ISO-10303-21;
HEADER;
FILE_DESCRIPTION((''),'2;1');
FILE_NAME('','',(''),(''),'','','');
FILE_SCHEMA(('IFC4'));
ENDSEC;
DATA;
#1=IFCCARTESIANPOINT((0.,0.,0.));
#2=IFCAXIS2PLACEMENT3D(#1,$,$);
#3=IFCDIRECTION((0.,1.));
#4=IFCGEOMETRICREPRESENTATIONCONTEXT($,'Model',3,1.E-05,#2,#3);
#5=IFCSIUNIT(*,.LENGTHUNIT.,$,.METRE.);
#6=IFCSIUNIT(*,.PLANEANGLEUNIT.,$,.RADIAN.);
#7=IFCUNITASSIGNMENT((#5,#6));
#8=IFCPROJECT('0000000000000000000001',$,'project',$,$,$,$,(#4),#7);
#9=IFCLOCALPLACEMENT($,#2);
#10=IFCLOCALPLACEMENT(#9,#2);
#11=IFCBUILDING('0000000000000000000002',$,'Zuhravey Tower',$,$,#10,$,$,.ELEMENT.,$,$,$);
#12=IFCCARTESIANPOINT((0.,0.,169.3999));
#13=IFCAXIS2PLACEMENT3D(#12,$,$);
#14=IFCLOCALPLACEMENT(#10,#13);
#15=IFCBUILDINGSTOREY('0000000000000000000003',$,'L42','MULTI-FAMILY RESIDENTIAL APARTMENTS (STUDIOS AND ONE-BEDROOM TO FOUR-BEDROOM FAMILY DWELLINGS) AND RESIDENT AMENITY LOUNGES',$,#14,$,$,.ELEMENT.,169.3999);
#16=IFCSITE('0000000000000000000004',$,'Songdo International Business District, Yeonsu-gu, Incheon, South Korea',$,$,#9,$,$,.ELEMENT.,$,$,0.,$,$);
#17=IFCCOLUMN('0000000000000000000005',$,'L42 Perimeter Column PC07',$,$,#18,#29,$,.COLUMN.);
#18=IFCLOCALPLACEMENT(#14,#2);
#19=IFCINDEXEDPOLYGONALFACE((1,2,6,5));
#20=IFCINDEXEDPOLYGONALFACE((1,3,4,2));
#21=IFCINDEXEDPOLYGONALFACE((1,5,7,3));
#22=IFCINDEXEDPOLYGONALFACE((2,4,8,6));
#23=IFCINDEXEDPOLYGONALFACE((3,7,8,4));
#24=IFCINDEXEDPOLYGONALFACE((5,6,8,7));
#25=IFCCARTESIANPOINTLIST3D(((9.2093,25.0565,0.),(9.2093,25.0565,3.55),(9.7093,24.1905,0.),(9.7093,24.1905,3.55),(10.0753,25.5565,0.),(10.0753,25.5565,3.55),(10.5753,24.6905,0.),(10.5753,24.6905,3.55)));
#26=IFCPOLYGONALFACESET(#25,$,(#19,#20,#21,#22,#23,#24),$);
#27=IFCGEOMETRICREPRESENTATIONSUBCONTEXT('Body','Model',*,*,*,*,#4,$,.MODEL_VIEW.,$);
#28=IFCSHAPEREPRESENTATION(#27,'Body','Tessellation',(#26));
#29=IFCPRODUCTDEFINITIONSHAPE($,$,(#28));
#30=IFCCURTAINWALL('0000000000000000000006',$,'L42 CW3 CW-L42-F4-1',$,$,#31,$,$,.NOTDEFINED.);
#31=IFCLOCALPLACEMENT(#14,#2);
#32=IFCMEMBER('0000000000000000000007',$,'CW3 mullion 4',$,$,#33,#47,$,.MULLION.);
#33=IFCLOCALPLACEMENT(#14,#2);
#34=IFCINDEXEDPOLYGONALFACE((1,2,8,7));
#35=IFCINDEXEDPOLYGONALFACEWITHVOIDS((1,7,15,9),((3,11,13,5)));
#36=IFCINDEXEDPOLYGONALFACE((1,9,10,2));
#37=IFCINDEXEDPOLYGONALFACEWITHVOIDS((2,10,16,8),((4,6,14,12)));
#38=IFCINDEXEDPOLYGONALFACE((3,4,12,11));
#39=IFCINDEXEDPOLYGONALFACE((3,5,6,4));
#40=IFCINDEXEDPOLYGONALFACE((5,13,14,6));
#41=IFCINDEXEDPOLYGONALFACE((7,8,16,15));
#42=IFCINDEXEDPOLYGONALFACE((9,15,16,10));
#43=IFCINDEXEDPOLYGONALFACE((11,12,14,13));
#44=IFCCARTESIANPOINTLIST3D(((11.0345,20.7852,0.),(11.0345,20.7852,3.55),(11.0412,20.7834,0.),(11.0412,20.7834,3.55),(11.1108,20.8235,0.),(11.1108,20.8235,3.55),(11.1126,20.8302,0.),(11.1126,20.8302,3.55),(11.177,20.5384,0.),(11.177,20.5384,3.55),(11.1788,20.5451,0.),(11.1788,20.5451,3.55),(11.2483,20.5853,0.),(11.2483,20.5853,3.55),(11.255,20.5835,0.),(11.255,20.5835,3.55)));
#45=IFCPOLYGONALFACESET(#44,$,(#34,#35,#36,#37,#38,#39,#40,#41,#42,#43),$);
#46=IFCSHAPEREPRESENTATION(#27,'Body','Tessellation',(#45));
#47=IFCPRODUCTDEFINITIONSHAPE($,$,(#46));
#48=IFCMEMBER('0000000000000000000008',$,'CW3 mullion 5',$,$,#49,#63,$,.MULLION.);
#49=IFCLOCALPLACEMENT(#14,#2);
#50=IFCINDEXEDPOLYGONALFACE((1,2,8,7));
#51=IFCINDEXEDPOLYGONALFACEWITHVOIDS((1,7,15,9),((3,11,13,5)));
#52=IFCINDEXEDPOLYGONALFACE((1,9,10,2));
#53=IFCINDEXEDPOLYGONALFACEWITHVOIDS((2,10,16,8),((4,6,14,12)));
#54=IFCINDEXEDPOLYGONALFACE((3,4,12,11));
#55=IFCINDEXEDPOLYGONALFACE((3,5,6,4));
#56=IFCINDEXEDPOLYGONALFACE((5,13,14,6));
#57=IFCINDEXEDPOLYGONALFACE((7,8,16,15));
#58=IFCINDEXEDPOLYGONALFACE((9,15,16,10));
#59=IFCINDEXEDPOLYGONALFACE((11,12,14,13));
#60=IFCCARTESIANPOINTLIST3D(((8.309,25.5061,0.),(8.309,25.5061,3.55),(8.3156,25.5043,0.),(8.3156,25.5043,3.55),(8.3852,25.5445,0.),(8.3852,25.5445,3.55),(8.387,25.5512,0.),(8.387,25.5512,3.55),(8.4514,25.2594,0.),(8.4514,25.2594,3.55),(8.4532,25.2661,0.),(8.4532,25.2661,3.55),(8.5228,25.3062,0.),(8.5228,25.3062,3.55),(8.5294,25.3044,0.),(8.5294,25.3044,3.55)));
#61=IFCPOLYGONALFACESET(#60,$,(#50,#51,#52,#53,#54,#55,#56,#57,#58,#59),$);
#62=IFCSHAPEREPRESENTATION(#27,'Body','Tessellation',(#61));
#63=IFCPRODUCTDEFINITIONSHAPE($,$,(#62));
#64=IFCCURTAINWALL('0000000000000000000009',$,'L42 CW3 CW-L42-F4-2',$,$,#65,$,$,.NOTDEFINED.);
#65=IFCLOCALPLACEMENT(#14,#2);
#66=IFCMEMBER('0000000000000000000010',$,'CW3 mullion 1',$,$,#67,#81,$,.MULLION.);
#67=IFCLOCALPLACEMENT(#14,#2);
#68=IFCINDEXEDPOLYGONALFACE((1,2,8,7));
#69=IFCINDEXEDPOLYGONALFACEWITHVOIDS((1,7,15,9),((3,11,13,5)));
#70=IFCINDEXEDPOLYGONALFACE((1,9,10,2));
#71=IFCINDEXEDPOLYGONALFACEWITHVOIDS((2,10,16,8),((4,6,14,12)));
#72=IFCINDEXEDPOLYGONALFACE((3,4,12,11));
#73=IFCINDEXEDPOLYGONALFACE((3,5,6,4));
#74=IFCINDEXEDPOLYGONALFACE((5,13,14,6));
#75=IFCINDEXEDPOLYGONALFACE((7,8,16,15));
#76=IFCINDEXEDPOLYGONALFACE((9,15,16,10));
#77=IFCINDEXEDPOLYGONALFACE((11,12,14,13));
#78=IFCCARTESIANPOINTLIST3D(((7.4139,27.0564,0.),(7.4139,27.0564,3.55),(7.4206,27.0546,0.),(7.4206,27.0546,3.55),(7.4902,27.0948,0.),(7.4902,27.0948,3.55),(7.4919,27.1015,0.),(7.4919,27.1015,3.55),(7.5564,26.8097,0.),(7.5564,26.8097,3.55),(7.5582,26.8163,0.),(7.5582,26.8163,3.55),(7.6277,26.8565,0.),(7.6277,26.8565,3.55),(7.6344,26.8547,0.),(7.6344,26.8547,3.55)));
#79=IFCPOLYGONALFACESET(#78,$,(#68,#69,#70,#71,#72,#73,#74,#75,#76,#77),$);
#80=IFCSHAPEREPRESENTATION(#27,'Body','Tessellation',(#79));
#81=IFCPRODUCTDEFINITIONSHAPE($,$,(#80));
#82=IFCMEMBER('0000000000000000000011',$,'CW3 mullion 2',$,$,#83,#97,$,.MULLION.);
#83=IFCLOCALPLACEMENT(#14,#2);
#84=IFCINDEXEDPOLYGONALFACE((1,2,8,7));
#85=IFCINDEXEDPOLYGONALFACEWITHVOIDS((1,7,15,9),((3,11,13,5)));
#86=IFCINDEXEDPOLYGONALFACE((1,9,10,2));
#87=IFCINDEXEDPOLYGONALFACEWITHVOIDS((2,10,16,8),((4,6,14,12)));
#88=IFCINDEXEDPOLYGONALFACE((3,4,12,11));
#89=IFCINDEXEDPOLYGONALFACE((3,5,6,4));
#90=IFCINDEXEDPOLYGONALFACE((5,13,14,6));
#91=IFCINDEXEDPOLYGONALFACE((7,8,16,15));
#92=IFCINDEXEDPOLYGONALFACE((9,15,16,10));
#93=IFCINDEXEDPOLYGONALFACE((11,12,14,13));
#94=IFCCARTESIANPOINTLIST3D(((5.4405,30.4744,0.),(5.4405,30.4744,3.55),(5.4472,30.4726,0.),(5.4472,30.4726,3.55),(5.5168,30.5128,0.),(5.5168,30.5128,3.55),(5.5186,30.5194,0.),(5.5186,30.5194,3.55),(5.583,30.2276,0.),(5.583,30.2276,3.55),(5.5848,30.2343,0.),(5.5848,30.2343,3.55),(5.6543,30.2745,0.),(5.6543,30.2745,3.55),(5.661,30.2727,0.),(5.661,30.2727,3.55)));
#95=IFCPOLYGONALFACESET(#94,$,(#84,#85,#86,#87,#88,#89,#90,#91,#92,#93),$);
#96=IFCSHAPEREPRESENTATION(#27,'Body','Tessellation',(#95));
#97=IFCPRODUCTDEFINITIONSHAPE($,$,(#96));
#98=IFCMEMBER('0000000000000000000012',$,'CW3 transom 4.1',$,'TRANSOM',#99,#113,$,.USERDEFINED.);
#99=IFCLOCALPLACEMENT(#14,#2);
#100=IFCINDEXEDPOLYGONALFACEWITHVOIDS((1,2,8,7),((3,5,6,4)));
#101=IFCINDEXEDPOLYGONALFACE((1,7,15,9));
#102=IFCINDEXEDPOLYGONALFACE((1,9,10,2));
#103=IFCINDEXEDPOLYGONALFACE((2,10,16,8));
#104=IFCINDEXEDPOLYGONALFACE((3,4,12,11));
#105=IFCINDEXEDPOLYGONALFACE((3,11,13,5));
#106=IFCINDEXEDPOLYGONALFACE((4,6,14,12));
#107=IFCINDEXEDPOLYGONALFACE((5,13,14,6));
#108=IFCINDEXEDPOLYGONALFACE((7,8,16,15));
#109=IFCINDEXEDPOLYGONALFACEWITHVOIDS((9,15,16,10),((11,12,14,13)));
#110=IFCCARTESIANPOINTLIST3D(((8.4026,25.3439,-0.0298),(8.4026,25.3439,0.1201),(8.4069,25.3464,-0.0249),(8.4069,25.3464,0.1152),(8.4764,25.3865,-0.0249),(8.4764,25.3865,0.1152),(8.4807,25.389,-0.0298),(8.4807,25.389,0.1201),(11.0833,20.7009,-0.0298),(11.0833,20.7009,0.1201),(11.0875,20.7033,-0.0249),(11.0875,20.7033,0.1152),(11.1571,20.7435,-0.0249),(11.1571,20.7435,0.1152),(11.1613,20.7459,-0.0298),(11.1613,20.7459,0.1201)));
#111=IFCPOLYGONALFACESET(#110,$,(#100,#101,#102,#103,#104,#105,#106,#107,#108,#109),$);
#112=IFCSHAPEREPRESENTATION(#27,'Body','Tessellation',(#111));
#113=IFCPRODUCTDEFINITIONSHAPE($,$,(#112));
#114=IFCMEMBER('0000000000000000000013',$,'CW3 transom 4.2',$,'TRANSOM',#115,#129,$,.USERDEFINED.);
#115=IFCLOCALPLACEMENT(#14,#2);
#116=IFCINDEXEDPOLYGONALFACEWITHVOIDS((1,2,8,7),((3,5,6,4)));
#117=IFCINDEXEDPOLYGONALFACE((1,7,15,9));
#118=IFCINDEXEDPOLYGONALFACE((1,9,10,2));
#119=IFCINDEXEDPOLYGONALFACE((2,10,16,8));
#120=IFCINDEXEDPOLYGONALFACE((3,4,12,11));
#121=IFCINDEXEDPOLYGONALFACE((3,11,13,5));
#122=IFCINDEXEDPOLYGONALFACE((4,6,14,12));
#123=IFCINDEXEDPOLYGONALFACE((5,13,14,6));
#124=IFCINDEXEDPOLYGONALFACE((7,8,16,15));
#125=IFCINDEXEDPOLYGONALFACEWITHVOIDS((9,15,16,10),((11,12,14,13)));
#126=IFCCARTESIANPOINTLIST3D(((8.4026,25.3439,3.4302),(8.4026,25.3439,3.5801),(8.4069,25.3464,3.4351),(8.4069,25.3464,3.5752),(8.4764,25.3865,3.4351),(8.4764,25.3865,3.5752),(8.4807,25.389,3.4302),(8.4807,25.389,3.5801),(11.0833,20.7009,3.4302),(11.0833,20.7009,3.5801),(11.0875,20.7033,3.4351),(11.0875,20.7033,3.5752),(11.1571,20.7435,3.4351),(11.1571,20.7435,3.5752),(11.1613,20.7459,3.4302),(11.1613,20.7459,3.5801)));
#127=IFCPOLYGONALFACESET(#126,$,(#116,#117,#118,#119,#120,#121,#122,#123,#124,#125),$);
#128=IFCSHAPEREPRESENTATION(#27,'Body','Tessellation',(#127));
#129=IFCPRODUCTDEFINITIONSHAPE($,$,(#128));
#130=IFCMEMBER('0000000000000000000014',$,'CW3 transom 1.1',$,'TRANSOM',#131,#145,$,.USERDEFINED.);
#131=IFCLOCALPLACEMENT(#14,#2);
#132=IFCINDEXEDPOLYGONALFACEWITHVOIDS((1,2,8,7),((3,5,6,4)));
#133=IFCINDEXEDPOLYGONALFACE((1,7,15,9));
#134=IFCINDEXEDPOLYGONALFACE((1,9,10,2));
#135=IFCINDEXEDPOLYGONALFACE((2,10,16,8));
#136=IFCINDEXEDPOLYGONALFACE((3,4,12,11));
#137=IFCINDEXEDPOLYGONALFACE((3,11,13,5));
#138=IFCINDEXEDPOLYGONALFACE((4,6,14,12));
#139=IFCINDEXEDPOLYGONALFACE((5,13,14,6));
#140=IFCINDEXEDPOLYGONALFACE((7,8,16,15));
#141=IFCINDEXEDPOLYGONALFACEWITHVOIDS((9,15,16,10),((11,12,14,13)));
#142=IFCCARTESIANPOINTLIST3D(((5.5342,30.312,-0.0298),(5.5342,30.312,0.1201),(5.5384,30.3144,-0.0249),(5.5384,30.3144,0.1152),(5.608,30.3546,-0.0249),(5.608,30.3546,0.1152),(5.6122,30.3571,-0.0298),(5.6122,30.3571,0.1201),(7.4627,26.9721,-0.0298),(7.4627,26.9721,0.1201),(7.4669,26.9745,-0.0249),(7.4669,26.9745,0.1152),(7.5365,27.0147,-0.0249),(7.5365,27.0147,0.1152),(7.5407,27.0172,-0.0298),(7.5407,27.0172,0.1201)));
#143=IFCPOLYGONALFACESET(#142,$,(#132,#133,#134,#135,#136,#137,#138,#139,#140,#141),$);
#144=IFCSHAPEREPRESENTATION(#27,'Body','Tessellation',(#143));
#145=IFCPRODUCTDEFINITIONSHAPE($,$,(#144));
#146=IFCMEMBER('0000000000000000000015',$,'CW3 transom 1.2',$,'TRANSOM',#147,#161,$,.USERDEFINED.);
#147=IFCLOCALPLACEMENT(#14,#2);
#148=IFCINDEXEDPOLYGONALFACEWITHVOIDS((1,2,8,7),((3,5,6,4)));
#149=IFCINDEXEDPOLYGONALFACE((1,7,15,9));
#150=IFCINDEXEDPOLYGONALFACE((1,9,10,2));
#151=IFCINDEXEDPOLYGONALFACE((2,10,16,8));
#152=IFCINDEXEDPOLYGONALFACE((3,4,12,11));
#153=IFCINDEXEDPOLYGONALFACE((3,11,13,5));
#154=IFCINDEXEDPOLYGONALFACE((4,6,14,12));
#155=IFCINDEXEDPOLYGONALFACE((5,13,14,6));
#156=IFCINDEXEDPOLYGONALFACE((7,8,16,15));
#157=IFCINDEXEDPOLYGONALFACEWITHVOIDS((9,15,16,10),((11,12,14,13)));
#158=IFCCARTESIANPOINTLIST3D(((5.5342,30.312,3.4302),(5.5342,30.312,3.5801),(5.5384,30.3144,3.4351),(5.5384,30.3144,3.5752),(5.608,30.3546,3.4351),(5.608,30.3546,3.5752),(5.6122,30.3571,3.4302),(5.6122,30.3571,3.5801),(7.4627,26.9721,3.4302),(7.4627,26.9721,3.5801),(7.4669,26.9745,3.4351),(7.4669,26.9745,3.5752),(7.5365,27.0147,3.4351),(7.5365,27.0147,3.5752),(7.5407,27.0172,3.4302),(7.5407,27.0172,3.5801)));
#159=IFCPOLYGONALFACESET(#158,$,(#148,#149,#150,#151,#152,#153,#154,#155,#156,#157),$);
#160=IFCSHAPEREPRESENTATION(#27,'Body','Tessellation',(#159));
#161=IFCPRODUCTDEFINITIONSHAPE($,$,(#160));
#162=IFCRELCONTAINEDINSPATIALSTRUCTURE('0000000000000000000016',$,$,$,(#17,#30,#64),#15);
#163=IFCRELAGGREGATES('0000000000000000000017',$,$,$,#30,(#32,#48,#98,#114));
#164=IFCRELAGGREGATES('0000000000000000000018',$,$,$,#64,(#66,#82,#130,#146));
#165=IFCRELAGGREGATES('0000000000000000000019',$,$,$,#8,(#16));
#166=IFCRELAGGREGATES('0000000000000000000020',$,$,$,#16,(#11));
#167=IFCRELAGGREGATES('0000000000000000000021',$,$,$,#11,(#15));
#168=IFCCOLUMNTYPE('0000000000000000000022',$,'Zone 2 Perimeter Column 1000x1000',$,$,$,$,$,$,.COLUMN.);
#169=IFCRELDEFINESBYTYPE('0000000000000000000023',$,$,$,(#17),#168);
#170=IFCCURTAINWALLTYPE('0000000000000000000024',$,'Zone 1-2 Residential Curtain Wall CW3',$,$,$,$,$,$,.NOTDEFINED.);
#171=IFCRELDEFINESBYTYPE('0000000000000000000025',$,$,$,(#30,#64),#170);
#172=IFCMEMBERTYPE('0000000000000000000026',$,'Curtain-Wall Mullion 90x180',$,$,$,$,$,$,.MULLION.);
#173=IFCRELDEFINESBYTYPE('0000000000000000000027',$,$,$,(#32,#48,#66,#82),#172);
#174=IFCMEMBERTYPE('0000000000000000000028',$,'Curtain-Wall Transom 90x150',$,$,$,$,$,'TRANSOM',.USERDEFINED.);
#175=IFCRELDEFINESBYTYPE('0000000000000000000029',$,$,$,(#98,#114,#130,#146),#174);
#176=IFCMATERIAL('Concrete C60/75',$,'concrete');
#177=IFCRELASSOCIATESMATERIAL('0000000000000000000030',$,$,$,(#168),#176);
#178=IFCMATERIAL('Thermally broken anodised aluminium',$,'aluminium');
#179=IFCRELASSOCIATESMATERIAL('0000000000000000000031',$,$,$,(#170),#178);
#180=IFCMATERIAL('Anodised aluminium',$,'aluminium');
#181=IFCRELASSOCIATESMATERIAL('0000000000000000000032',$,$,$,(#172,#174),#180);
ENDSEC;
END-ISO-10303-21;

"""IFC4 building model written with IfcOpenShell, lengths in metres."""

from ifc_helpers import new_model, si_unit, direction, frame, origin, origin_2d, place, context, subcontext, project, spatial, rectangle, hollow_rectangle, extrude, material, material_profile, profile_set, type_object, element, aggregate, save


model = new_model("IFC4")

# Units and contexts
model_context = context("Model", 3, precision=1e-05, world=origin(), true_north=direction((0.0, 1.0)))
body_context = subcontext(model_context, "Body", "Model", "MODEL_VIEW")
ifc_project = project(units=[si_unit("LENGTHUNIT", "METRE"), si_unit("PLANEANGLEUNIT", "RADIAN")], contexts=[model_context])

# Site, building, storey
site_placement = place(None, origin())
site = spatial("IfcSite", under=ifc_project, at=site_placement, Name="Songdo International Business District, Yeonsu-gu, Incheon, South Korea", CompositionType="ELEMENT", RefElevation=0.0)
building_placement = place(site_placement, origin())
building = spatial("IfcBuilding", under=site, at=building_placement, Name="Zuhravey Tower", CompositionType="ELEMENT")
storey_placement = place(building_placement, frame((0.0, 0.0, 169.3999)))
storey = spatial("IfcBuildingStorey", under=building, at=storey_placement, Name="L42", Description="MULTI-FAMILY RESIDENTIAL APARTMENTS (STUDIOS AND ONE-BEDROOM TO FOUR-BEDROOM FAMILY DWELLINGS) AND RESIDENT AMENITY LOUNGES", CompositionType="ELEMENT", Elevation=169.3999)

# Column
ifc_material_1 = material(Name="Concrete C60/75", Category="concrete")
ifc_material_profile_1 = material_profile(ifc_material_1, rectangle(XDim=1.0, YDim=1.0, at=origin_2d()), Name="RC-1000x1000")
ifc_profile_set_1 = profile_set([ifc_material_profile_1], Name="Concrete C60/75")
column_type = type_object("IfcColumnType", Name="Zone 2 Perimeter Column 1000x1000", PredefinedType="COLUMN", material=ifc_profile_set_1)
column_placement = place(storey_placement, frame((9.8923, 24.8735, 0.0), z_axis=(0.0, 0.0, 1.0), x_axis=(0.5, -0.866025, 0.0)))
element("IfcColumn", 1, at=column_placement, inside=storey, type_object=column_type, Name="L42 Perimeter Column PC07", PredefinedType="COLUMN", context=body_context, shape_type="SweptSolid", body=[
    extrude(rectangle(XDim=1.0, YDim=1.0, at=origin_2d()), origin(), (0.0, 0.0, 1.0), 3.55),
])

# Curtain walls, members
ifc_material_2 = material(Name="Thermally broken anodised aluminium", Category="aluminium")
curtain_wall_type = type_object("IfcCurtainWallType", Name="Zone 1-2 Residential Curtain Wall CW3", PredefinedType="NOTDEFINED", material=ifc_material_2)
curtain_wall_1_placement = place(storey_placement, origin())
curtain_wall_1 = element("IfcCurtainWall", 2, at=curtain_wall_1_placement, inside=storey, type_object=curtain_wall_type, Name="L42 CW3 CW-L42-F4-1", PredefinedType="NOTDEFINED")
ifc_material_3 = material(Name="Anodised aluminium", Category="aluminium")
ifc_material_profile_2 = material_profile(ifc_material_3, hollow_rectangle(XDim=0.0901, YDim=0.2849, WallThickness=0.0049, at=origin_2d()), Name="ALU-RHS-90x285x5")
ifc_profile_set_2 = profile_set([ifc_material_profile_2], Name="Anodised aluminium")
member_type_1 = type_object("IfcMemberType", Name="Curtain-Wall Mullion 90x180", PredefinedType="MULLION", material=ifc_profile_set_2)
member_1_placement = place(storey_placement, frame((11.1448, 20.6843, 0.0), z_axis=(0.0, 0.0, 1.0), x_axis=(-0.866025, -0.5, 0.0)))
member_1 = element("IfcMember", 3, at=member_1_placement, type_object=member_type_1, Name="CW3 mullion 4", PredefinedType="MULLION", context=body_context, shape_type="SweptSolid", body=[
    extrude(hollow_rectangle(XDim=0.0901, YDim=0.2849, WallThickness=0.0049, at=origin_2d()), origin(), (0.0, 0.0, 1.0), 3.55),
])
member_2_placement = place(storey_placement, frame((8.4192, 25.4053, 0.0), z_axis=(0.0, 0.0, 1.0), x_axis=(-0.866025, -0.5, 0.0)))
member_2 = element("IfcMember", 4, at=member_2_placement, type_object=member_type_1, Name="CW3 mullion 5", PredefinedType="MULLION", context=body_context, shape_type="SweptSolid", body=[
    extrude(hollow_rectangle(XDim=0.0901, YDim=0.2849, WallThickness=0.0049, at=origin_2d()), origin(), (0.0, 0.0, 1.0), 3.55),
])
curtain_wall_2_placement = place(storey_placement, origin())
curtain_wall_2 = element("IfcCurtainWall", 5, at=curtain_wall_2_placement, inside=storey, type_object=curtain_wall_type, Name="L42 CW3 CW-L42-F4-2", PredefinedType="NOTDEFINED")
member_3_placement = place(storey_placement, frame((7.5242, 26.9556, 0.0), z_axis=(0.0, 0.0, 1.0), x_axis=(-0.866021, -0.500008, 0.0)))
member_3 = element("IfcMember", 6, at=member_3_placement, type_object=member_type_1, Name="CW3 mullion 1", PredefinedType="MULLION", context=body_context, shape_type="SweptSolid", body=[
    extrude(hollow_rectangle(XDim=0.0901, YDim=0.2849, WallThickness=0.0049, at=origin_2d()), origin(), (0.0, 0.0, 1.0), 3.55),
])
member_4_placement = place(storey_placement, frame((5.5508, 30.3735, 0.0), z_axis=(0.0, 0.0, 1.0), x_axis=(-0.866021, -0.500008, 0.0)))
member_4 = element("IfcMember", 7, at=member_4_placement, type_object=member_type_1, Name="CW3 mullion 2", PredefinedType="MULLION", context=body_context, shape_type="SweptSolid", body=[
    extrude(hollow_rectangle(XDim=0.0901, YDim=0.2849, WallThickness=0.0049, at=origin_2d()), origin(), (0.0, 0.0, 1.0), 3.55),
])

# Members
ifc_material_profile_3 = material_profile(ifc_material_3, hollow_rectangle(XDim=0.0901, YDim=0.1499, WallThickness=0.0049, at=origin_2d()), Name="ALU-RHS-90x150x5")
ifc_profile_set_3 = profile_set([ifc_material_profile_3], Name="Anodised aluminium")
member_type_2 = type_object("IfcMemberType", Name="Curtain-Wall Transom 90x150", ElementType="TRANSOM", PredefinedType="USERDEFINED", material=ifc_profile_set_3)
member_5_placement = place(storey_placement, frame((11.1223, 20.7234, 0.0452), z_axis=(-0.499998, 0.866026, 0.0), x_axis=(-0.866026, -0.499998, 0.0)))
member_5 = element("IfcMember", 8, at=member_5_placement, type_object=member_type_2, Name="CW3 transom 4.1", ObjectType="TRANSOM", PredefinedType="USERDEFINED", context=body_context, shape_type="SweptSolid", body=[
    extrude(hollow_rectangle(XDim=0.0901, YDim=0.1499, WallThickness=0.0049, at=origin_2d()), origin(), (0.0, 0.0, 1.0), 5.3613),
])
member_6_placement = place(storey_placement, frame((11.1223, 20.7234, 3.5051), z_axis=(-0.499998, 0.866026, 0.0), x_axis=(-0.866026, -0.499998, 0.0)))
member_6 = element("IfcMember", 9, at=member_6_placement, type_object=member_type_2, Name="CW3 transom 4.2", ObjectType="TRANSOM", PredefinedType="USERDEFINED", context=body_context, shape_type="SweptSolid", body=[
    extrude(hollow_rectangle(XDim=0.0901, YDim=0.1499, WallThickness=0.0049, at=origin_2d()), origin(), (0.0, 0.0, 1.0), 5.3613),
])
member_7_placement = place(storey_placement, frame((7.5017, 26.9946, 0.0452), z_axis=(-0.50004, 0.866002, 0.0), x_axis=(-0.866002, -0.50004, 0.0)))
member_7 = element("IfcMember", 10, at=member_7_placement, type_object=member_type_2, Name="CW3 transom 1.1", ObjectType="TRANSOM", PredefinedType="USERDEFINED", context=body_context, shape_type="SweptSolid", body=[
    extrude(hollow_rectangle(XDim=0.0901, YDim=0.1499, WallThickness=0.0049, at=origin_2d()), origin(), (0.0, 0.0, 1.0), 3.8567),
])
member_8_placement = place(storey_placement, frame((7.5017, 26.9946, 3.5051), z_axis=(-0.50004, 0.866002, 0.0), x_axis=(-0.866002, -0.50004, 0.0)))
member_8 = element("IfcMember", 11, at=member_8_placement, type_object=member_type_2, Name="CW3 transom 1.2", ObjectType="TRANSOM", PredefinedType="USERDEFINED", context=body_context, shape_type="SweptSolid", body=[
    extrude(hollow_rectangle(XDim=0.0901, YDim=0.1499, WallThickness=0.0049, at=origin_2d()), origin(), (0.0, 0.0, 1.0), 3.8567),
])

aggregate(curtain_wall_1, [member_1, member_2, member_5, member_6])
aggregate(curtain_wall_2, [member_3, member_4, member_7, member_8])

save(model, "model.ifc")
